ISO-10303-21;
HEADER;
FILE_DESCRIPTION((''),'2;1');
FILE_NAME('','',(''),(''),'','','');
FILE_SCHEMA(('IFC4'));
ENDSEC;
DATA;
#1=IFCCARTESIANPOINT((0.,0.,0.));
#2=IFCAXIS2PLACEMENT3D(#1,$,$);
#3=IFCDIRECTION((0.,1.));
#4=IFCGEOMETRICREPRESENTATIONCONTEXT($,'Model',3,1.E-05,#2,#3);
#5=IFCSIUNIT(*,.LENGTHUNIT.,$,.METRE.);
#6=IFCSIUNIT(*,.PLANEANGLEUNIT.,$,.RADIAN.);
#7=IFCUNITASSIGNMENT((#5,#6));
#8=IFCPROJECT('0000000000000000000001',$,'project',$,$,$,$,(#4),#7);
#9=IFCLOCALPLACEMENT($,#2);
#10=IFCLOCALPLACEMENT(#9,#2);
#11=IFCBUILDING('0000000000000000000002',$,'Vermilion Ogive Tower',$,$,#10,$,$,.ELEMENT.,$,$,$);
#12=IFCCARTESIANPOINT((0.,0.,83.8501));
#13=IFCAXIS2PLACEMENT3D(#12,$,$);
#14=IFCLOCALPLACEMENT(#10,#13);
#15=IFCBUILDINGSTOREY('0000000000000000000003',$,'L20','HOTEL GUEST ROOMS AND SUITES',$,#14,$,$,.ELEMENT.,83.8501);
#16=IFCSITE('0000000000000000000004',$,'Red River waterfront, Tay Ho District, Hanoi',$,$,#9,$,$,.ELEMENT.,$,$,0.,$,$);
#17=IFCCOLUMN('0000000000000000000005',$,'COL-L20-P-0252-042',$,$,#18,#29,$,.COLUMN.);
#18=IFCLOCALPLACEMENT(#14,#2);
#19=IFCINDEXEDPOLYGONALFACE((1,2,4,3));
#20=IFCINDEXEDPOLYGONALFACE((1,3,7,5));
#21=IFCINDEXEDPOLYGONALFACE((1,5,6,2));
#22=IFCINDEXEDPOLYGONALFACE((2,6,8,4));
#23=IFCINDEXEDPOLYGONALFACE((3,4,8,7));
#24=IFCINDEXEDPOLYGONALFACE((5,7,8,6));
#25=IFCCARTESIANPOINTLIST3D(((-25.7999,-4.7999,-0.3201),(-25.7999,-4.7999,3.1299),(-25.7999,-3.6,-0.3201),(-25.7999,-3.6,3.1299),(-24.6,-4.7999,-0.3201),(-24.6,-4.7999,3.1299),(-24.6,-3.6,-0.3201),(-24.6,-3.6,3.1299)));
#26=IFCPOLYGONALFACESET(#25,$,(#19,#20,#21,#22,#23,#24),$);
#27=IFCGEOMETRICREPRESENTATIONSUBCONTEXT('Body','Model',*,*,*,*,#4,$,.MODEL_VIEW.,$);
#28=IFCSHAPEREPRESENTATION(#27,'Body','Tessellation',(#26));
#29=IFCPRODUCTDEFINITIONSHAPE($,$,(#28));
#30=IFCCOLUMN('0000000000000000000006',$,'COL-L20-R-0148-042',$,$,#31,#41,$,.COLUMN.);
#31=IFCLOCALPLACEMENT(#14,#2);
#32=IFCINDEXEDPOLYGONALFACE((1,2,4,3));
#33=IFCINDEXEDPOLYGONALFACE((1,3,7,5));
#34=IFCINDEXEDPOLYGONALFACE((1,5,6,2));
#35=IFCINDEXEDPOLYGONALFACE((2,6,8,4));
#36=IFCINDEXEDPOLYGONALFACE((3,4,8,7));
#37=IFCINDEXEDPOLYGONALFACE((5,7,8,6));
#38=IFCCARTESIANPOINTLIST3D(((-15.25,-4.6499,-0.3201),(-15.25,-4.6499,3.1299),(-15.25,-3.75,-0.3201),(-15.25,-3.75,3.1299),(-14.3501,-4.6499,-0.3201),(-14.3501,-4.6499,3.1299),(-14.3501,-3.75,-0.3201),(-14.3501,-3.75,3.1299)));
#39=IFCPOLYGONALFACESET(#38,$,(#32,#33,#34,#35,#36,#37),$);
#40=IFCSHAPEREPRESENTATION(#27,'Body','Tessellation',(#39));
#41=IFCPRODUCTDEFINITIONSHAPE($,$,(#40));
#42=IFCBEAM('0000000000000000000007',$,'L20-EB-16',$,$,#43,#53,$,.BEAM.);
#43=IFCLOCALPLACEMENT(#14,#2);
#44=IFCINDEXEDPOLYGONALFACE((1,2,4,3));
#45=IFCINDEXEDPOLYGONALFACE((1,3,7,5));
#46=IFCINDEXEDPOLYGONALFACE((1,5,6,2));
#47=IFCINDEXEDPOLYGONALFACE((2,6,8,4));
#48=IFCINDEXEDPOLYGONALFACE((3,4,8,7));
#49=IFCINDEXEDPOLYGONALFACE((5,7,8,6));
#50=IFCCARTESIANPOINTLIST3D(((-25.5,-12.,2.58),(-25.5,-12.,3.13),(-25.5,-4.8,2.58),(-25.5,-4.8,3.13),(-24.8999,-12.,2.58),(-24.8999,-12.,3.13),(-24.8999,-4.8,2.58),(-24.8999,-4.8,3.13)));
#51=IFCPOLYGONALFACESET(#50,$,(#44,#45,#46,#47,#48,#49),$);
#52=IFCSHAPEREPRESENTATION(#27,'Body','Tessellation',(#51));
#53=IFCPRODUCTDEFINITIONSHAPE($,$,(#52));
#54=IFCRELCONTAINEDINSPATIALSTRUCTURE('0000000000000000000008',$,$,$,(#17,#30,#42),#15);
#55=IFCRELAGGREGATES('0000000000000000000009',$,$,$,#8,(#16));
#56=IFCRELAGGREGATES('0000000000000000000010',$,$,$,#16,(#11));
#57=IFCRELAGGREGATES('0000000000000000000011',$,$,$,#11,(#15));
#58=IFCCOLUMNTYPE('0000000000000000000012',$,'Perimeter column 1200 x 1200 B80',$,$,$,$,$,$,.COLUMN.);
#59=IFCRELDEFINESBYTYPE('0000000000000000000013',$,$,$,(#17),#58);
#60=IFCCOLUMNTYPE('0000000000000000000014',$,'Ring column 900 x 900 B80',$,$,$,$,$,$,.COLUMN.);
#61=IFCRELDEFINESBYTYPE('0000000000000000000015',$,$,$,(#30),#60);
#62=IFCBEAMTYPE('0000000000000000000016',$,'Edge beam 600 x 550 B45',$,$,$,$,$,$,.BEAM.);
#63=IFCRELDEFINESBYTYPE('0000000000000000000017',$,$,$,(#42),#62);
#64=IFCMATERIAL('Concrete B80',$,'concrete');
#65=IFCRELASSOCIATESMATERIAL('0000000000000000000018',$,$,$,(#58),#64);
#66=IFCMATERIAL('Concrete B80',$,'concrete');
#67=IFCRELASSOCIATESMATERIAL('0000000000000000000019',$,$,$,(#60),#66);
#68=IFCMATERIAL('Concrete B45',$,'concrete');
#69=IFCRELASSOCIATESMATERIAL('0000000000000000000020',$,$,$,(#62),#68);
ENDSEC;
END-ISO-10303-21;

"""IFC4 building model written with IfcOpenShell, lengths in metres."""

from ifc_helpers import new_model, si_unit, direction, frame, origin, origin_2d, place, context, subcontext, project, spatial, rectangle, extrude, material, material_profile, profile_set, type_object, element, save


model = new_model("IFC4")

# Units and contexts
model_context = context("Model", 3, precision=1e-05, world=origin(), true_north=direction((0.0, 1.0)))
body_context = subcontext(model_context, "Body", "Model", "MODEL_VIEW")
ifc_project = project(units=[si_unit("LENGTHUNIT", "METRE"), si_unit("PLANEANGLEUNIT", "RADIAN")], contexts=[model_context])

# Site, building, storey
site_placement = place(None, origin())
site = spatial("IfcSite", under=ifc_project, at=site_placement, Name="Red River waterfront, Tay Ho District, Hanoi", CompositionType="ELEMENT", RefElevation=0.0)
building_placement = place(site_placement, origin())
building = spatial("IfcBuilding", under=site, at=building_placement, Name="Vermilion Ogive Tower", CompositionType="ELEMENT")
storey_placement = place(building_placement, frame((0.0, 0.0, 83.8501)))
storey = spatial("IfcBuildingStorey", under=building, at=storey_placement, Name="L20", Description="HOTEL GUEST ROOMS AND SUITES", CompositionType="ELEMENT", Elevation=83.8501)

# Columns
ifc_material_1 = material(Name="Concrete B80", Category="concrete")
ifc_material_profile_1 = material_profile(ifc_material_1, rectangle(XDim=1.2, YDim=1.2, at=origin_2d()), Name="1200 x 1200")
ifc_profile_set_1 = profile_set([ifc_material_profile_1], Name="Concrete B80")
column_type_1 = type_object("IfcColumnType", Name="Perimeter column 1200 x 1200 B80", PredefinedType="COLUMN", material=ifc_profile_set_1)
column_1_placement = place(storey_placement, frame((-25.2, -4.2, -0.3201), z_axis=(0.0, 0.0, 1.0), x_axis=(1.0, 0.0, 0.0)))
element("IfcColumn", 1, at=column_1_placement, inside=storey, type_object=column_type_1, Name="COL-L20-P-0252-042", PredefinedType="COLUMN", context=body_context, shape_type="SweptSolid", body=[
    extrude(rectangle(XDim=1.2, YDim=1.2, at=origin_2d()), origin(), (0.0, 0.0, 1.0), 3.45),
])
ifc_material_2 = material(Name="Concrete B80", Category="concrete")
ifc_material_profile_2 = material_profile(ifc_material_2, rectangle(XDim=0.8999, YDim=0.8999, at=origin_2d()), Name="900 x 900")
ifc_profile_set_2 = profile_set([ifc_material_profile_2], Name="Concrete B80")
column_type_2 = type_object("IfcColumnType", Name="Ring column 900 x 900 B80", PredefinedType="COLUMN", material=ifc_profile_set_2)
column_2_placement = place(storey_placement, frame((-14.8, -4.2, -0.3201), z_axis=(0.0, 0.0, 1.0), x_axis=(1.0, 0.0, 0.0)))
element("IfcColumn", 2, at=column_2_placement, inside=storey, type_object=column_type_2, Name="COL-L20-R-0148-042", PredefinedType="COLUMN", context=body_context, shape_type="SweptSolid", body=[
    extrude(rectangle(XDim=0.8999, YDim=0.8999, at=origin_2d()), origin(), (0.0, 0.0, 1.0), 3.45),
])

# Beam
ifc_material_3 = material(Name="Concrete B45", Category="concrete")
ifc_material_profile_3 = material_profile(ifc_material_3, rectangle(XDim=0.6001, YDim=0.55, at=origin_2d()), Name="600 x 550")
ifc_profile_set_3 = profile_set([ifc_material_profile_3], Name="Concrete B45")
beam_type = type_object("IfcBeamType", Name="Edge beam 600 x 550 B45", PredefinedType="BEAM", material=ifc_profile_set_3)
beam_placement = place(storey_placement, frame((-25.2, -4.8, 2.855), z_axis=(0.0, -1.0, 0.0), x_axis=(1.0, 0.0, 0.0)))
element("IfcBeam", 3, at=beam_placement, inside=storey, type_object=beam_type, Name="L20-EB-16", PredefinedType="BEAM", context=body_context, shape_type="SweptSolid", body=[
    extrude(rectangle(XDim=0.6001, YDim=0.55, at=origin_2d()), origin(), (0.0, 0.0, 1.0), 7.2),
])

save(model, "model.ifc")
